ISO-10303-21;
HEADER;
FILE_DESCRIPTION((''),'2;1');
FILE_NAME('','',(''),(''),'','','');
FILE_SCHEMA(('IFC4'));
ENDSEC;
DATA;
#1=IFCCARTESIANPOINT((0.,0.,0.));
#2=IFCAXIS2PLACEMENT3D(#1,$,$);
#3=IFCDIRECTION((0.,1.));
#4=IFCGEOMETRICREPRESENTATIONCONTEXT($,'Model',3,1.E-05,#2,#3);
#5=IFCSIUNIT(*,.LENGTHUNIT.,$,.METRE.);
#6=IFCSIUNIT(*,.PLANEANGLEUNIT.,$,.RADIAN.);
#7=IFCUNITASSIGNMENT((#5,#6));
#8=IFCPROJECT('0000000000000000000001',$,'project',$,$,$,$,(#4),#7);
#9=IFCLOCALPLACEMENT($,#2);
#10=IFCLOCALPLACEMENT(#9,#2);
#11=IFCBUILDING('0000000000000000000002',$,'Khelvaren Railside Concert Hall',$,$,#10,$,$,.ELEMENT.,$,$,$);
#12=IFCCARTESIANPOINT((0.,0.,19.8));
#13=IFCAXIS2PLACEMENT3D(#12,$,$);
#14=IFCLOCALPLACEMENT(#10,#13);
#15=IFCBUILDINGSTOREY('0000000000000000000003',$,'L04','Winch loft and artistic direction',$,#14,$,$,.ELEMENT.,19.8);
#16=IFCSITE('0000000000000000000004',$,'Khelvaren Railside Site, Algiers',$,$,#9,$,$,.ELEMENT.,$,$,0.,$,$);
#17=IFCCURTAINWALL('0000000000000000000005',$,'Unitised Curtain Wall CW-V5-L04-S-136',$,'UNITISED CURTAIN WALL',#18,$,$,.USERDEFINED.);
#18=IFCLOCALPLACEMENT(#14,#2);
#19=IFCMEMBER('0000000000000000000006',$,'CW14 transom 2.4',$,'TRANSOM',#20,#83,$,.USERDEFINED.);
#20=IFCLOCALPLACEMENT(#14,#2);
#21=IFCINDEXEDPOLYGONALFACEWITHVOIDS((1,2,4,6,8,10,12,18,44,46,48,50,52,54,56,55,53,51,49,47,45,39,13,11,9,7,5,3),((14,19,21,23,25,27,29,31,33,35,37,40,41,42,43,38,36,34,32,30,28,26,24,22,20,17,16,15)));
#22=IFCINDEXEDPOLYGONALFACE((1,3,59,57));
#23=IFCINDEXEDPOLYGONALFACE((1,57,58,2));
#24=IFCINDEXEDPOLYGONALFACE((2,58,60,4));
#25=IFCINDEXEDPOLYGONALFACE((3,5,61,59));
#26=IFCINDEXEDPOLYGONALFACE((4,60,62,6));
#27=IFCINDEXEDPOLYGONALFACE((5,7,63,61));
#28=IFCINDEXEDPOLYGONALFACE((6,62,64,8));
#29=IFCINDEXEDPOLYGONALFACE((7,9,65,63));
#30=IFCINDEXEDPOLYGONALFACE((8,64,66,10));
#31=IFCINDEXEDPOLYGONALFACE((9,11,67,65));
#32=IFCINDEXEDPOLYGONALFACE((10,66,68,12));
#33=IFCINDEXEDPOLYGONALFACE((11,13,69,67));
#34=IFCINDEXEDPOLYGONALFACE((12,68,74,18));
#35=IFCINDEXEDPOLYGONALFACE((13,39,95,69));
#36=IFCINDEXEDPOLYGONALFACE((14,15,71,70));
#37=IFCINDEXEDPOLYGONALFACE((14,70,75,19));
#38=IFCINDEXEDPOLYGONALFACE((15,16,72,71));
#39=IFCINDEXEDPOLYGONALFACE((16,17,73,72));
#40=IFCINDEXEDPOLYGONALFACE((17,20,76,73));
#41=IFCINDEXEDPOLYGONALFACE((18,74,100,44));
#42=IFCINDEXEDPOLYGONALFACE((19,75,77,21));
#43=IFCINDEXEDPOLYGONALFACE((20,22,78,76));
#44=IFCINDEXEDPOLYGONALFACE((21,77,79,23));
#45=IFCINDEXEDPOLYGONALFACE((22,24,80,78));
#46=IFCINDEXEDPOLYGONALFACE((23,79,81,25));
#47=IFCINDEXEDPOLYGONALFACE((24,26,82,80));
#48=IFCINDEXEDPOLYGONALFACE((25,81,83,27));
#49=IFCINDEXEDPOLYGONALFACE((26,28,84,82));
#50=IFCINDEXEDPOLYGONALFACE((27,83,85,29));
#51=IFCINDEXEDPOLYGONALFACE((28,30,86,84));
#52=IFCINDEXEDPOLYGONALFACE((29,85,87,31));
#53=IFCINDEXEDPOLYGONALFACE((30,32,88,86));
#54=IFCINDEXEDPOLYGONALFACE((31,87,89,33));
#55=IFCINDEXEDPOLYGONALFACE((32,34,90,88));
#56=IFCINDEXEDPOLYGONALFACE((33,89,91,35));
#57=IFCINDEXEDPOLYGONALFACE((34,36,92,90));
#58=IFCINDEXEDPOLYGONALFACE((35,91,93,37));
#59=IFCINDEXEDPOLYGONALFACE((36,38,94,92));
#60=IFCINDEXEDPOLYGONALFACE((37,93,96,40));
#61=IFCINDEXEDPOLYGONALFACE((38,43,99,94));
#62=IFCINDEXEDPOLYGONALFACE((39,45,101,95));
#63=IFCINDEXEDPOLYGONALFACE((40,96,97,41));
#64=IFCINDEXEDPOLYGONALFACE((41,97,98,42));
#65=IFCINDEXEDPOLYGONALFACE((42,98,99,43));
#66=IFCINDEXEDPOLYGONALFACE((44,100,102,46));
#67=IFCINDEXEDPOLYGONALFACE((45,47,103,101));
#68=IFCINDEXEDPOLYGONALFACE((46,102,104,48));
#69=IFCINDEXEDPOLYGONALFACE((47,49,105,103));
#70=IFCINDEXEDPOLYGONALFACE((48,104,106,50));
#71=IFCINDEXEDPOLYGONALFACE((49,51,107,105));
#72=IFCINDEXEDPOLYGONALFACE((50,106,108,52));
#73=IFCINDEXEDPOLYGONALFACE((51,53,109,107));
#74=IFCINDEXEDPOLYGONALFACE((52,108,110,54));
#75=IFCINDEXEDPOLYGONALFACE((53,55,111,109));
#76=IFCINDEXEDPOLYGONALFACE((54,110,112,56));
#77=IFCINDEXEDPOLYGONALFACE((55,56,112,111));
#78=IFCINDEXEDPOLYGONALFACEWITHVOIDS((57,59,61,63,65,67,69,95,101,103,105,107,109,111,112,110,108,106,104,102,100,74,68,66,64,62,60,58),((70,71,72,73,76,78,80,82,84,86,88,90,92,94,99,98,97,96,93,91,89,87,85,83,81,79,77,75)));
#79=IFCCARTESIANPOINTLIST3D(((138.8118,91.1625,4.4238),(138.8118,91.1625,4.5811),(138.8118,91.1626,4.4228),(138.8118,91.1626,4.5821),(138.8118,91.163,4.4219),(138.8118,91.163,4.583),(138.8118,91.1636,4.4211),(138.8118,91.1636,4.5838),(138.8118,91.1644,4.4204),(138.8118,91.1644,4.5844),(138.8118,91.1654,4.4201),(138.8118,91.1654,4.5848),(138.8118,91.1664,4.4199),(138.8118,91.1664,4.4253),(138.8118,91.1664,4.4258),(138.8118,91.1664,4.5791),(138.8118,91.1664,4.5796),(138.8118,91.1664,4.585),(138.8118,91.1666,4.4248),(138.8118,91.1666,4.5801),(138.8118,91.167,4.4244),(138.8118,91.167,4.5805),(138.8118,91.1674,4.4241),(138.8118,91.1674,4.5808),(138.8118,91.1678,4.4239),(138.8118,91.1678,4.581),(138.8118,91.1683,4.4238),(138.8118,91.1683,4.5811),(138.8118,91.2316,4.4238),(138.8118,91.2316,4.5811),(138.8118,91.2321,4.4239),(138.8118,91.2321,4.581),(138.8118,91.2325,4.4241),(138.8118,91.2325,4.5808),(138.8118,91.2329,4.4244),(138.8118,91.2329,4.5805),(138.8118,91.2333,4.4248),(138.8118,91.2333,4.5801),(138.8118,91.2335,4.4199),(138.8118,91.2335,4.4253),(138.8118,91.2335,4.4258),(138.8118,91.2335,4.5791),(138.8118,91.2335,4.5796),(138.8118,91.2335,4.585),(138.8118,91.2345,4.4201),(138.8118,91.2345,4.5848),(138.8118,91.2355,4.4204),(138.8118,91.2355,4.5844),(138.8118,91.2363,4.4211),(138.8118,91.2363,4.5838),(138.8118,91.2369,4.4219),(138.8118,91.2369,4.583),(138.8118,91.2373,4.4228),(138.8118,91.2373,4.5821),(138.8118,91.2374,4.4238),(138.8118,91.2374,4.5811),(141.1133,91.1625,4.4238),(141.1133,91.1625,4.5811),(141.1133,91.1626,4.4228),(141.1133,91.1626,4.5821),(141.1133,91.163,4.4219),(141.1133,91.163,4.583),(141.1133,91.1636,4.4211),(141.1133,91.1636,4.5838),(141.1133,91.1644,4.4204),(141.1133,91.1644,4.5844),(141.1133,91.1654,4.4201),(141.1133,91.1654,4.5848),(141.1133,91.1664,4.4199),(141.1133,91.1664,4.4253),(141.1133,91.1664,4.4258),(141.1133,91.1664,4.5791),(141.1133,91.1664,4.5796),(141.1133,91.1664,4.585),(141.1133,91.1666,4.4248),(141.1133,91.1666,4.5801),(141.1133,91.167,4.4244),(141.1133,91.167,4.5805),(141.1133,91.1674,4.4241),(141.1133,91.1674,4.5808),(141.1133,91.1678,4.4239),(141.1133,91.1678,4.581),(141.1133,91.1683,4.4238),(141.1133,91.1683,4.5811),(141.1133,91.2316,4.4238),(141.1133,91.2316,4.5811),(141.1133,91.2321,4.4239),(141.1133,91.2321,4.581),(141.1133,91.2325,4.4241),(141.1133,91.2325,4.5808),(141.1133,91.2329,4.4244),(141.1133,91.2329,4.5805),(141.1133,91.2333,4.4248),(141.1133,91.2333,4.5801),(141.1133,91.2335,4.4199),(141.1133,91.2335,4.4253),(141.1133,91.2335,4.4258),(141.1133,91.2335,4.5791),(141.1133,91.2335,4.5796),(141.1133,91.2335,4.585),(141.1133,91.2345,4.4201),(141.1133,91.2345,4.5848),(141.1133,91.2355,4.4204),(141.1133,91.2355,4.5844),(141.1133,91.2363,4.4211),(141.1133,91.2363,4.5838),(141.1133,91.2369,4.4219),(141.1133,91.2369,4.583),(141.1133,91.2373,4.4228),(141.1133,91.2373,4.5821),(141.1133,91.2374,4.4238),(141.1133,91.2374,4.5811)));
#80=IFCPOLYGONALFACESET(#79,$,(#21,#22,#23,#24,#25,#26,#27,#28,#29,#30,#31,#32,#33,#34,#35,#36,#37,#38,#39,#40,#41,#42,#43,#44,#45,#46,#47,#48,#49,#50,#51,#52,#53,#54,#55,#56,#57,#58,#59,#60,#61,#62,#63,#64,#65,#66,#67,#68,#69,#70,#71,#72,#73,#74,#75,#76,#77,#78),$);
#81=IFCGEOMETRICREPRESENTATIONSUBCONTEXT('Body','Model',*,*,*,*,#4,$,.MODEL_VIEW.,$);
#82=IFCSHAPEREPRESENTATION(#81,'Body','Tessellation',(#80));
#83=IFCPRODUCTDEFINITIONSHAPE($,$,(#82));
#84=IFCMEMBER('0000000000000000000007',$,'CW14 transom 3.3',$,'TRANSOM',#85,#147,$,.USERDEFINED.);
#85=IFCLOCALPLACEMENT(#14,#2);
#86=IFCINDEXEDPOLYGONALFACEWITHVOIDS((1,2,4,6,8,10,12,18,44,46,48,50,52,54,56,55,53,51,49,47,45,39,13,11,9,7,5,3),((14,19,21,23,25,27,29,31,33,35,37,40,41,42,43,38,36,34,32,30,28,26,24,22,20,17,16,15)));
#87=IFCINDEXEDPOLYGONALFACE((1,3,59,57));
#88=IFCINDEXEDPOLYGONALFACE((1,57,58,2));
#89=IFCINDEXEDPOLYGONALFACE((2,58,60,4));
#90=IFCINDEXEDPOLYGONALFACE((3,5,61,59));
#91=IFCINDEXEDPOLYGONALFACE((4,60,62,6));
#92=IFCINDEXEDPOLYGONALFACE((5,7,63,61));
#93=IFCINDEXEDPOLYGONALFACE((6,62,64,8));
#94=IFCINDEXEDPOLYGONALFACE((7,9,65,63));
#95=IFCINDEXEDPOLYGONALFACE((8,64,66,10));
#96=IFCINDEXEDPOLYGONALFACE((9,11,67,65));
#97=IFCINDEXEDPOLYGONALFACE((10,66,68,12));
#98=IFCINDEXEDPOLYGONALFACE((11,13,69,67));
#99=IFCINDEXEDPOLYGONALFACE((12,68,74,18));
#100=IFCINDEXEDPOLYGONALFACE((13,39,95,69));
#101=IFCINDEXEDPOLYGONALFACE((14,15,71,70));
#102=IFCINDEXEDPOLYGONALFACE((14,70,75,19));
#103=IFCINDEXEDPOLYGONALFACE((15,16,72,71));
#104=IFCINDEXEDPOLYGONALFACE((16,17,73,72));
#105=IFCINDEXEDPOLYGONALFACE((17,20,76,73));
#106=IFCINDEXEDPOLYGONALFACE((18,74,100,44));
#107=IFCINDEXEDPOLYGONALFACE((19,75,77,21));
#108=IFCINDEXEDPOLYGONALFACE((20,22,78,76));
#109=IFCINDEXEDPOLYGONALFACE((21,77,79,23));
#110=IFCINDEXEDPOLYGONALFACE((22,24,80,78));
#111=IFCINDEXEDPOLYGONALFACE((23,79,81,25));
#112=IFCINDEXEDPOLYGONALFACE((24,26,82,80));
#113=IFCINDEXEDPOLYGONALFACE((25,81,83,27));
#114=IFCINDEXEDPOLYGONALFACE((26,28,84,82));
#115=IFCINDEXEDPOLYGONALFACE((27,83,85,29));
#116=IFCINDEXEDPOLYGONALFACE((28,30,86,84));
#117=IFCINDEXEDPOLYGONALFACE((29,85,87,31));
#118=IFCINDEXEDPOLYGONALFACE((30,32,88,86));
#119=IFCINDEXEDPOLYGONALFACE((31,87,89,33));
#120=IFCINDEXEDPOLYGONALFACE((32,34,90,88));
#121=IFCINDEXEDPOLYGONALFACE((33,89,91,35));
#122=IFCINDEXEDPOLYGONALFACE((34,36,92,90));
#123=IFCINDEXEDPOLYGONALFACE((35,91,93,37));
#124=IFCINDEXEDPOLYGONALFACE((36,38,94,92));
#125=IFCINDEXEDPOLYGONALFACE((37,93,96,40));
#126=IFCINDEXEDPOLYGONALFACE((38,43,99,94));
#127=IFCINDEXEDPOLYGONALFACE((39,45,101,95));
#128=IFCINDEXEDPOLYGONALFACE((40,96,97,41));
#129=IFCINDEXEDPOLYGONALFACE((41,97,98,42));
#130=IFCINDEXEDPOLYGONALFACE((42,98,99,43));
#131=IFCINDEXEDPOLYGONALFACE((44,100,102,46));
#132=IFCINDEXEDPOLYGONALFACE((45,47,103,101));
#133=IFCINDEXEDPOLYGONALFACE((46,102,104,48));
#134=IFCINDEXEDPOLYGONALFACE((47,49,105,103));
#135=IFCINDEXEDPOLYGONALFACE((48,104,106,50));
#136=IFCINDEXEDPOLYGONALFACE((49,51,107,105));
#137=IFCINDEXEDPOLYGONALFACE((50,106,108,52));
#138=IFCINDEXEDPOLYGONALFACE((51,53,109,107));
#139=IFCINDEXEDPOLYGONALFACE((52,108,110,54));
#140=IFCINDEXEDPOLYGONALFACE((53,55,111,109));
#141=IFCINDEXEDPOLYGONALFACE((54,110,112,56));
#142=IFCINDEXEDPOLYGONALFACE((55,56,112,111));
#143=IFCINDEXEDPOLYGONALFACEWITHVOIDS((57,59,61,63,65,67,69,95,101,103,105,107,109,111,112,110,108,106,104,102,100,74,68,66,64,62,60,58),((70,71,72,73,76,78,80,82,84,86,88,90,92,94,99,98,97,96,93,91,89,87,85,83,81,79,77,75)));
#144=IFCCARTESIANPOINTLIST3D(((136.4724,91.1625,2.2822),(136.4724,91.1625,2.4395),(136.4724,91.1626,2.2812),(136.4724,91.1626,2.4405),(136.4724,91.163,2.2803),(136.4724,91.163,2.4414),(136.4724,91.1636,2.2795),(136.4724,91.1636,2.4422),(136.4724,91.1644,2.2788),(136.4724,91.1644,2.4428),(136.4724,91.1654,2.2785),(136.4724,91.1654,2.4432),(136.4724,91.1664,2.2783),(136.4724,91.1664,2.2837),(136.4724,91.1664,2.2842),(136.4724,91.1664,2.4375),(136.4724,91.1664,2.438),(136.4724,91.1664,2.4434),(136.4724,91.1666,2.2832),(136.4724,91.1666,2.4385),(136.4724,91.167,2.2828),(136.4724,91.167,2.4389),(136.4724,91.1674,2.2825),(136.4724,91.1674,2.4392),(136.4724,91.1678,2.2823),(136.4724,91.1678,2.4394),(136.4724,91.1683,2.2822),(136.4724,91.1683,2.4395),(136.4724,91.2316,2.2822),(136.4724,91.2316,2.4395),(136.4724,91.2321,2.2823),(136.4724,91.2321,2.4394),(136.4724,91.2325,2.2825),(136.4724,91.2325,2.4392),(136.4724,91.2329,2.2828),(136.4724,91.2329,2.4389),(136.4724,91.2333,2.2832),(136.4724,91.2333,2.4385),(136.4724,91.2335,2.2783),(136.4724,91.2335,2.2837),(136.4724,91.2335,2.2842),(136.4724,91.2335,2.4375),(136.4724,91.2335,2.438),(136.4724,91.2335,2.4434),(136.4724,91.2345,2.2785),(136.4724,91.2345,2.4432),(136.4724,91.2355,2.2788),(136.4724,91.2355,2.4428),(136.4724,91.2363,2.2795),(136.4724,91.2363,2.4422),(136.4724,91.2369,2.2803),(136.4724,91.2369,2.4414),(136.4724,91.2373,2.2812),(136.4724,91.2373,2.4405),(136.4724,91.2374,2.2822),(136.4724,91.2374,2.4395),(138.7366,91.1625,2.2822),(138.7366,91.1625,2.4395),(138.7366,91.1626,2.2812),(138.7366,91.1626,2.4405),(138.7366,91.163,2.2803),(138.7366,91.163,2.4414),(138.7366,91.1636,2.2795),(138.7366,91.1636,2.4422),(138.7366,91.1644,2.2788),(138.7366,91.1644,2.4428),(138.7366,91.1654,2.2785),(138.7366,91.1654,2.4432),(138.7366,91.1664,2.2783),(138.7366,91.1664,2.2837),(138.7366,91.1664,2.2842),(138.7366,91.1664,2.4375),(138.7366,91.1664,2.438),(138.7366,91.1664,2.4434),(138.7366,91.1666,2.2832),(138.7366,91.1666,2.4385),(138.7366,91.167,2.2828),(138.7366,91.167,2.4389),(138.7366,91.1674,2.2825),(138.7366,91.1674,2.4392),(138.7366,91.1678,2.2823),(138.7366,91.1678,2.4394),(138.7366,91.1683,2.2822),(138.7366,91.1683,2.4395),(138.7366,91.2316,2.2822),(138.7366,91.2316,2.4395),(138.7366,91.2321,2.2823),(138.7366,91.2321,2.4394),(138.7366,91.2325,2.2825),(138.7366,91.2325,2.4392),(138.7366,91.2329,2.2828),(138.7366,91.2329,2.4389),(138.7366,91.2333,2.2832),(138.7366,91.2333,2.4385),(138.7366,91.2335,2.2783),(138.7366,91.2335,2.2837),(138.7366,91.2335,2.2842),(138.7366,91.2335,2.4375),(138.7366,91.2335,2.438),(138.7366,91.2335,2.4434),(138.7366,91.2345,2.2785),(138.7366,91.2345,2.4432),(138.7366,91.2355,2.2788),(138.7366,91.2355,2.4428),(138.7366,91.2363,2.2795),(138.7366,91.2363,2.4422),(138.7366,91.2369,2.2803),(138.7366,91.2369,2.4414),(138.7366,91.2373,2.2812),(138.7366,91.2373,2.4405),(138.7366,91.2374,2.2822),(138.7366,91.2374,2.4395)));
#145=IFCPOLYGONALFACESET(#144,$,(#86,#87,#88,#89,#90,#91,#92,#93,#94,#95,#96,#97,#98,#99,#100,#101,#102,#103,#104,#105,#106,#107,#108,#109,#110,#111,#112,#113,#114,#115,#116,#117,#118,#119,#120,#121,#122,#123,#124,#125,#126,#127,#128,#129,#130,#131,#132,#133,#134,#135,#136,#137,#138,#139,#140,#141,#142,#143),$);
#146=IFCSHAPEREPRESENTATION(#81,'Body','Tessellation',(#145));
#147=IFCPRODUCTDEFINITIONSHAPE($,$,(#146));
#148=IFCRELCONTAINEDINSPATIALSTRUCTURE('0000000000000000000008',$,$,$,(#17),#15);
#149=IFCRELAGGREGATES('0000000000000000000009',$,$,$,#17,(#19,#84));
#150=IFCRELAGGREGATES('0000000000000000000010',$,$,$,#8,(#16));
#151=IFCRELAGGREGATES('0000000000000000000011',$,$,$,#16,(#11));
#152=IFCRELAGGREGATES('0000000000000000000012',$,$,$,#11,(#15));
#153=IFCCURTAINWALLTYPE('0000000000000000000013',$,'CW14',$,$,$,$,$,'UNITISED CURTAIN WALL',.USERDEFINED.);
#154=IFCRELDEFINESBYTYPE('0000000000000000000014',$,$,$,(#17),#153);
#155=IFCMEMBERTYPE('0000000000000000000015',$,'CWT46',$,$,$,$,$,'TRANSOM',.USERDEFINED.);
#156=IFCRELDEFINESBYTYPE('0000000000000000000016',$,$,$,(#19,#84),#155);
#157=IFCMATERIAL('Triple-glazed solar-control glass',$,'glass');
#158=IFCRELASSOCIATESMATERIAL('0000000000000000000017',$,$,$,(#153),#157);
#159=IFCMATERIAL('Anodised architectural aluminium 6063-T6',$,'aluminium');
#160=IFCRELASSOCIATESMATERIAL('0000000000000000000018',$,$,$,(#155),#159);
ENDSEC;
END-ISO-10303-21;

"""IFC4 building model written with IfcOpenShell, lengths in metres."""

from ifc_helpers import new_model, si_unit, direction, frame, origin, origin_2d, place, context, subcontext, project, spatial, hollow_rectangle, extrude, material, material_profile, profile_set, type_object, element, aggregate, save


model = new_model("IFC4")

# Units and contexts
model_context = context("Model", 3, precision=1e-05, world=origin(), true_north=direction((0.0, 1.0)))
body_context = subcontext(model_context, "Body", "Model", "MODEL_VIEW")
ifc_project = project(units=[si_unit("LENGTHUNIT", "METRE"), si_unit("PLANEANGLEUNIT", "RADIAN")], contexts=[model_context])

# Site, building, storey
site_placement = place(None, origin())
site = spatial("IfcSite", under=ifc_project, at=site_placement, Name="Khelvaren Railside Site, Algiers", CompositionType="ELEMENT", RefElevation=0.0)
building_placement = place(site_placement, origin())
building = spatial("IfcBuilding", under=site, at=building_placement, Name="Khelvaren Railside Concert Hall", CompositionType="ELEMENT")
storey_placement = place(building_placement, frame((0.0, 0.0, 19.8)))
storey = spatial("IfcBuildingStorey", under=building, at=storey_placement, Name="L04", Description="Winch loft and artistic direction", CompositionType="ELEMENT", Elevation=19.8)

# Curtain wall
ifc_material_1 = material(Name="Triple-glazed solar-control glass", Category="glass")
curtain_wall_type_1 = type_object("IfcCurtainWallType", Name="CW14", ElementType="UNITISED CURTAIN WALL", PredefinedType="USERDEFINED", material=ifc_material_1)
curtain_wall_1_placement = place(storey_placement, origin())
curtain_wall_1 = element("IfcCurtainWall", 1, at=curtain_wall_1_placement, inside=storey, type_object=curtain_wall_type_1, Name="Unitised Curtain Wall CW-V5-L04-S-136", ObjectType="UNITISED CURTAIN WALL", PredefinedType="USERDEFINED")
ifc_material_2 = material(Name="Anodised architectural aluminium 6063-T6", Category="aluminium")

# Members
ifc_material_profile_1 = material_profile(ifc_material_2, hollow_rectangle(XDim=0.075, YDim=0.165, WallThickness=0.0039, InnerFilletRadius=0.002, OuterFilletRadius=0.0039, at=origin_2d()), Name="CWT 75x165x4")
ifc_profile_set_1 = profile_set([ifc_material_profile_1], Name="Anodised architectural aluminium 6063-T6")
member_type_1 = type_object("IfcMemberType", Name="CWT46", ElementType="TRANSOM", PredefinedType="USERDEFINED", material=ifc_profile_set_1)
member_1_placement = place(storey_placement, frame((141.1133, 91.2, 4.5024), z_axis=(-1.0, 0.0, 0.0), x_axis=(0.0, -1.0, 0.0)))
member_1 = element("IfcMember", 2, at=member_1_placement, type_object=member_type_1, Name="CW14 transom 2.4", ObjectType="TRANSOM", PredefinedType="USERDEFINED", context=body_context, shape_type="SweptSolid", body=[
    extrude(hollow_rectangle(XDim=0.075, YDim=0.165, WallThickness=0.0039, InnerFilletRadius=0.002, OuterFilletRadius=0.0039, at=origin_2d()), origin(), (0.0, 0.0, 1.0), 2.3015),
])
member_2_placement = place(storey_placement, frame((138.7366, 91.2, 2.3608), z_axis=(-1.0, 0.0, 0.0), x_axis=(0.0, -1.0, 0.0)))
member_2 = element("IfcMember", 3, at=member_2_placement, type_object=member_type_1, Name="CW14 transom 3.3", ObjectType="TRANSOM", PredefinedType="USERDEFINED", context=body_context, shape_type="SweptSolid", body=[
    extrude(hollow_rectangle(XDim=0.075, YDim=0.165, WallThickness=0.0039, InnerFilletRadius=0.002, OuterFilletRadius=0.0039, at=origin_2d()), origin(), (0.0, 0.0, 1.0), 2.2642),
])

aggregate(curtain_wall_1, [member_1, member_2])

save(model, "model.ifc")
